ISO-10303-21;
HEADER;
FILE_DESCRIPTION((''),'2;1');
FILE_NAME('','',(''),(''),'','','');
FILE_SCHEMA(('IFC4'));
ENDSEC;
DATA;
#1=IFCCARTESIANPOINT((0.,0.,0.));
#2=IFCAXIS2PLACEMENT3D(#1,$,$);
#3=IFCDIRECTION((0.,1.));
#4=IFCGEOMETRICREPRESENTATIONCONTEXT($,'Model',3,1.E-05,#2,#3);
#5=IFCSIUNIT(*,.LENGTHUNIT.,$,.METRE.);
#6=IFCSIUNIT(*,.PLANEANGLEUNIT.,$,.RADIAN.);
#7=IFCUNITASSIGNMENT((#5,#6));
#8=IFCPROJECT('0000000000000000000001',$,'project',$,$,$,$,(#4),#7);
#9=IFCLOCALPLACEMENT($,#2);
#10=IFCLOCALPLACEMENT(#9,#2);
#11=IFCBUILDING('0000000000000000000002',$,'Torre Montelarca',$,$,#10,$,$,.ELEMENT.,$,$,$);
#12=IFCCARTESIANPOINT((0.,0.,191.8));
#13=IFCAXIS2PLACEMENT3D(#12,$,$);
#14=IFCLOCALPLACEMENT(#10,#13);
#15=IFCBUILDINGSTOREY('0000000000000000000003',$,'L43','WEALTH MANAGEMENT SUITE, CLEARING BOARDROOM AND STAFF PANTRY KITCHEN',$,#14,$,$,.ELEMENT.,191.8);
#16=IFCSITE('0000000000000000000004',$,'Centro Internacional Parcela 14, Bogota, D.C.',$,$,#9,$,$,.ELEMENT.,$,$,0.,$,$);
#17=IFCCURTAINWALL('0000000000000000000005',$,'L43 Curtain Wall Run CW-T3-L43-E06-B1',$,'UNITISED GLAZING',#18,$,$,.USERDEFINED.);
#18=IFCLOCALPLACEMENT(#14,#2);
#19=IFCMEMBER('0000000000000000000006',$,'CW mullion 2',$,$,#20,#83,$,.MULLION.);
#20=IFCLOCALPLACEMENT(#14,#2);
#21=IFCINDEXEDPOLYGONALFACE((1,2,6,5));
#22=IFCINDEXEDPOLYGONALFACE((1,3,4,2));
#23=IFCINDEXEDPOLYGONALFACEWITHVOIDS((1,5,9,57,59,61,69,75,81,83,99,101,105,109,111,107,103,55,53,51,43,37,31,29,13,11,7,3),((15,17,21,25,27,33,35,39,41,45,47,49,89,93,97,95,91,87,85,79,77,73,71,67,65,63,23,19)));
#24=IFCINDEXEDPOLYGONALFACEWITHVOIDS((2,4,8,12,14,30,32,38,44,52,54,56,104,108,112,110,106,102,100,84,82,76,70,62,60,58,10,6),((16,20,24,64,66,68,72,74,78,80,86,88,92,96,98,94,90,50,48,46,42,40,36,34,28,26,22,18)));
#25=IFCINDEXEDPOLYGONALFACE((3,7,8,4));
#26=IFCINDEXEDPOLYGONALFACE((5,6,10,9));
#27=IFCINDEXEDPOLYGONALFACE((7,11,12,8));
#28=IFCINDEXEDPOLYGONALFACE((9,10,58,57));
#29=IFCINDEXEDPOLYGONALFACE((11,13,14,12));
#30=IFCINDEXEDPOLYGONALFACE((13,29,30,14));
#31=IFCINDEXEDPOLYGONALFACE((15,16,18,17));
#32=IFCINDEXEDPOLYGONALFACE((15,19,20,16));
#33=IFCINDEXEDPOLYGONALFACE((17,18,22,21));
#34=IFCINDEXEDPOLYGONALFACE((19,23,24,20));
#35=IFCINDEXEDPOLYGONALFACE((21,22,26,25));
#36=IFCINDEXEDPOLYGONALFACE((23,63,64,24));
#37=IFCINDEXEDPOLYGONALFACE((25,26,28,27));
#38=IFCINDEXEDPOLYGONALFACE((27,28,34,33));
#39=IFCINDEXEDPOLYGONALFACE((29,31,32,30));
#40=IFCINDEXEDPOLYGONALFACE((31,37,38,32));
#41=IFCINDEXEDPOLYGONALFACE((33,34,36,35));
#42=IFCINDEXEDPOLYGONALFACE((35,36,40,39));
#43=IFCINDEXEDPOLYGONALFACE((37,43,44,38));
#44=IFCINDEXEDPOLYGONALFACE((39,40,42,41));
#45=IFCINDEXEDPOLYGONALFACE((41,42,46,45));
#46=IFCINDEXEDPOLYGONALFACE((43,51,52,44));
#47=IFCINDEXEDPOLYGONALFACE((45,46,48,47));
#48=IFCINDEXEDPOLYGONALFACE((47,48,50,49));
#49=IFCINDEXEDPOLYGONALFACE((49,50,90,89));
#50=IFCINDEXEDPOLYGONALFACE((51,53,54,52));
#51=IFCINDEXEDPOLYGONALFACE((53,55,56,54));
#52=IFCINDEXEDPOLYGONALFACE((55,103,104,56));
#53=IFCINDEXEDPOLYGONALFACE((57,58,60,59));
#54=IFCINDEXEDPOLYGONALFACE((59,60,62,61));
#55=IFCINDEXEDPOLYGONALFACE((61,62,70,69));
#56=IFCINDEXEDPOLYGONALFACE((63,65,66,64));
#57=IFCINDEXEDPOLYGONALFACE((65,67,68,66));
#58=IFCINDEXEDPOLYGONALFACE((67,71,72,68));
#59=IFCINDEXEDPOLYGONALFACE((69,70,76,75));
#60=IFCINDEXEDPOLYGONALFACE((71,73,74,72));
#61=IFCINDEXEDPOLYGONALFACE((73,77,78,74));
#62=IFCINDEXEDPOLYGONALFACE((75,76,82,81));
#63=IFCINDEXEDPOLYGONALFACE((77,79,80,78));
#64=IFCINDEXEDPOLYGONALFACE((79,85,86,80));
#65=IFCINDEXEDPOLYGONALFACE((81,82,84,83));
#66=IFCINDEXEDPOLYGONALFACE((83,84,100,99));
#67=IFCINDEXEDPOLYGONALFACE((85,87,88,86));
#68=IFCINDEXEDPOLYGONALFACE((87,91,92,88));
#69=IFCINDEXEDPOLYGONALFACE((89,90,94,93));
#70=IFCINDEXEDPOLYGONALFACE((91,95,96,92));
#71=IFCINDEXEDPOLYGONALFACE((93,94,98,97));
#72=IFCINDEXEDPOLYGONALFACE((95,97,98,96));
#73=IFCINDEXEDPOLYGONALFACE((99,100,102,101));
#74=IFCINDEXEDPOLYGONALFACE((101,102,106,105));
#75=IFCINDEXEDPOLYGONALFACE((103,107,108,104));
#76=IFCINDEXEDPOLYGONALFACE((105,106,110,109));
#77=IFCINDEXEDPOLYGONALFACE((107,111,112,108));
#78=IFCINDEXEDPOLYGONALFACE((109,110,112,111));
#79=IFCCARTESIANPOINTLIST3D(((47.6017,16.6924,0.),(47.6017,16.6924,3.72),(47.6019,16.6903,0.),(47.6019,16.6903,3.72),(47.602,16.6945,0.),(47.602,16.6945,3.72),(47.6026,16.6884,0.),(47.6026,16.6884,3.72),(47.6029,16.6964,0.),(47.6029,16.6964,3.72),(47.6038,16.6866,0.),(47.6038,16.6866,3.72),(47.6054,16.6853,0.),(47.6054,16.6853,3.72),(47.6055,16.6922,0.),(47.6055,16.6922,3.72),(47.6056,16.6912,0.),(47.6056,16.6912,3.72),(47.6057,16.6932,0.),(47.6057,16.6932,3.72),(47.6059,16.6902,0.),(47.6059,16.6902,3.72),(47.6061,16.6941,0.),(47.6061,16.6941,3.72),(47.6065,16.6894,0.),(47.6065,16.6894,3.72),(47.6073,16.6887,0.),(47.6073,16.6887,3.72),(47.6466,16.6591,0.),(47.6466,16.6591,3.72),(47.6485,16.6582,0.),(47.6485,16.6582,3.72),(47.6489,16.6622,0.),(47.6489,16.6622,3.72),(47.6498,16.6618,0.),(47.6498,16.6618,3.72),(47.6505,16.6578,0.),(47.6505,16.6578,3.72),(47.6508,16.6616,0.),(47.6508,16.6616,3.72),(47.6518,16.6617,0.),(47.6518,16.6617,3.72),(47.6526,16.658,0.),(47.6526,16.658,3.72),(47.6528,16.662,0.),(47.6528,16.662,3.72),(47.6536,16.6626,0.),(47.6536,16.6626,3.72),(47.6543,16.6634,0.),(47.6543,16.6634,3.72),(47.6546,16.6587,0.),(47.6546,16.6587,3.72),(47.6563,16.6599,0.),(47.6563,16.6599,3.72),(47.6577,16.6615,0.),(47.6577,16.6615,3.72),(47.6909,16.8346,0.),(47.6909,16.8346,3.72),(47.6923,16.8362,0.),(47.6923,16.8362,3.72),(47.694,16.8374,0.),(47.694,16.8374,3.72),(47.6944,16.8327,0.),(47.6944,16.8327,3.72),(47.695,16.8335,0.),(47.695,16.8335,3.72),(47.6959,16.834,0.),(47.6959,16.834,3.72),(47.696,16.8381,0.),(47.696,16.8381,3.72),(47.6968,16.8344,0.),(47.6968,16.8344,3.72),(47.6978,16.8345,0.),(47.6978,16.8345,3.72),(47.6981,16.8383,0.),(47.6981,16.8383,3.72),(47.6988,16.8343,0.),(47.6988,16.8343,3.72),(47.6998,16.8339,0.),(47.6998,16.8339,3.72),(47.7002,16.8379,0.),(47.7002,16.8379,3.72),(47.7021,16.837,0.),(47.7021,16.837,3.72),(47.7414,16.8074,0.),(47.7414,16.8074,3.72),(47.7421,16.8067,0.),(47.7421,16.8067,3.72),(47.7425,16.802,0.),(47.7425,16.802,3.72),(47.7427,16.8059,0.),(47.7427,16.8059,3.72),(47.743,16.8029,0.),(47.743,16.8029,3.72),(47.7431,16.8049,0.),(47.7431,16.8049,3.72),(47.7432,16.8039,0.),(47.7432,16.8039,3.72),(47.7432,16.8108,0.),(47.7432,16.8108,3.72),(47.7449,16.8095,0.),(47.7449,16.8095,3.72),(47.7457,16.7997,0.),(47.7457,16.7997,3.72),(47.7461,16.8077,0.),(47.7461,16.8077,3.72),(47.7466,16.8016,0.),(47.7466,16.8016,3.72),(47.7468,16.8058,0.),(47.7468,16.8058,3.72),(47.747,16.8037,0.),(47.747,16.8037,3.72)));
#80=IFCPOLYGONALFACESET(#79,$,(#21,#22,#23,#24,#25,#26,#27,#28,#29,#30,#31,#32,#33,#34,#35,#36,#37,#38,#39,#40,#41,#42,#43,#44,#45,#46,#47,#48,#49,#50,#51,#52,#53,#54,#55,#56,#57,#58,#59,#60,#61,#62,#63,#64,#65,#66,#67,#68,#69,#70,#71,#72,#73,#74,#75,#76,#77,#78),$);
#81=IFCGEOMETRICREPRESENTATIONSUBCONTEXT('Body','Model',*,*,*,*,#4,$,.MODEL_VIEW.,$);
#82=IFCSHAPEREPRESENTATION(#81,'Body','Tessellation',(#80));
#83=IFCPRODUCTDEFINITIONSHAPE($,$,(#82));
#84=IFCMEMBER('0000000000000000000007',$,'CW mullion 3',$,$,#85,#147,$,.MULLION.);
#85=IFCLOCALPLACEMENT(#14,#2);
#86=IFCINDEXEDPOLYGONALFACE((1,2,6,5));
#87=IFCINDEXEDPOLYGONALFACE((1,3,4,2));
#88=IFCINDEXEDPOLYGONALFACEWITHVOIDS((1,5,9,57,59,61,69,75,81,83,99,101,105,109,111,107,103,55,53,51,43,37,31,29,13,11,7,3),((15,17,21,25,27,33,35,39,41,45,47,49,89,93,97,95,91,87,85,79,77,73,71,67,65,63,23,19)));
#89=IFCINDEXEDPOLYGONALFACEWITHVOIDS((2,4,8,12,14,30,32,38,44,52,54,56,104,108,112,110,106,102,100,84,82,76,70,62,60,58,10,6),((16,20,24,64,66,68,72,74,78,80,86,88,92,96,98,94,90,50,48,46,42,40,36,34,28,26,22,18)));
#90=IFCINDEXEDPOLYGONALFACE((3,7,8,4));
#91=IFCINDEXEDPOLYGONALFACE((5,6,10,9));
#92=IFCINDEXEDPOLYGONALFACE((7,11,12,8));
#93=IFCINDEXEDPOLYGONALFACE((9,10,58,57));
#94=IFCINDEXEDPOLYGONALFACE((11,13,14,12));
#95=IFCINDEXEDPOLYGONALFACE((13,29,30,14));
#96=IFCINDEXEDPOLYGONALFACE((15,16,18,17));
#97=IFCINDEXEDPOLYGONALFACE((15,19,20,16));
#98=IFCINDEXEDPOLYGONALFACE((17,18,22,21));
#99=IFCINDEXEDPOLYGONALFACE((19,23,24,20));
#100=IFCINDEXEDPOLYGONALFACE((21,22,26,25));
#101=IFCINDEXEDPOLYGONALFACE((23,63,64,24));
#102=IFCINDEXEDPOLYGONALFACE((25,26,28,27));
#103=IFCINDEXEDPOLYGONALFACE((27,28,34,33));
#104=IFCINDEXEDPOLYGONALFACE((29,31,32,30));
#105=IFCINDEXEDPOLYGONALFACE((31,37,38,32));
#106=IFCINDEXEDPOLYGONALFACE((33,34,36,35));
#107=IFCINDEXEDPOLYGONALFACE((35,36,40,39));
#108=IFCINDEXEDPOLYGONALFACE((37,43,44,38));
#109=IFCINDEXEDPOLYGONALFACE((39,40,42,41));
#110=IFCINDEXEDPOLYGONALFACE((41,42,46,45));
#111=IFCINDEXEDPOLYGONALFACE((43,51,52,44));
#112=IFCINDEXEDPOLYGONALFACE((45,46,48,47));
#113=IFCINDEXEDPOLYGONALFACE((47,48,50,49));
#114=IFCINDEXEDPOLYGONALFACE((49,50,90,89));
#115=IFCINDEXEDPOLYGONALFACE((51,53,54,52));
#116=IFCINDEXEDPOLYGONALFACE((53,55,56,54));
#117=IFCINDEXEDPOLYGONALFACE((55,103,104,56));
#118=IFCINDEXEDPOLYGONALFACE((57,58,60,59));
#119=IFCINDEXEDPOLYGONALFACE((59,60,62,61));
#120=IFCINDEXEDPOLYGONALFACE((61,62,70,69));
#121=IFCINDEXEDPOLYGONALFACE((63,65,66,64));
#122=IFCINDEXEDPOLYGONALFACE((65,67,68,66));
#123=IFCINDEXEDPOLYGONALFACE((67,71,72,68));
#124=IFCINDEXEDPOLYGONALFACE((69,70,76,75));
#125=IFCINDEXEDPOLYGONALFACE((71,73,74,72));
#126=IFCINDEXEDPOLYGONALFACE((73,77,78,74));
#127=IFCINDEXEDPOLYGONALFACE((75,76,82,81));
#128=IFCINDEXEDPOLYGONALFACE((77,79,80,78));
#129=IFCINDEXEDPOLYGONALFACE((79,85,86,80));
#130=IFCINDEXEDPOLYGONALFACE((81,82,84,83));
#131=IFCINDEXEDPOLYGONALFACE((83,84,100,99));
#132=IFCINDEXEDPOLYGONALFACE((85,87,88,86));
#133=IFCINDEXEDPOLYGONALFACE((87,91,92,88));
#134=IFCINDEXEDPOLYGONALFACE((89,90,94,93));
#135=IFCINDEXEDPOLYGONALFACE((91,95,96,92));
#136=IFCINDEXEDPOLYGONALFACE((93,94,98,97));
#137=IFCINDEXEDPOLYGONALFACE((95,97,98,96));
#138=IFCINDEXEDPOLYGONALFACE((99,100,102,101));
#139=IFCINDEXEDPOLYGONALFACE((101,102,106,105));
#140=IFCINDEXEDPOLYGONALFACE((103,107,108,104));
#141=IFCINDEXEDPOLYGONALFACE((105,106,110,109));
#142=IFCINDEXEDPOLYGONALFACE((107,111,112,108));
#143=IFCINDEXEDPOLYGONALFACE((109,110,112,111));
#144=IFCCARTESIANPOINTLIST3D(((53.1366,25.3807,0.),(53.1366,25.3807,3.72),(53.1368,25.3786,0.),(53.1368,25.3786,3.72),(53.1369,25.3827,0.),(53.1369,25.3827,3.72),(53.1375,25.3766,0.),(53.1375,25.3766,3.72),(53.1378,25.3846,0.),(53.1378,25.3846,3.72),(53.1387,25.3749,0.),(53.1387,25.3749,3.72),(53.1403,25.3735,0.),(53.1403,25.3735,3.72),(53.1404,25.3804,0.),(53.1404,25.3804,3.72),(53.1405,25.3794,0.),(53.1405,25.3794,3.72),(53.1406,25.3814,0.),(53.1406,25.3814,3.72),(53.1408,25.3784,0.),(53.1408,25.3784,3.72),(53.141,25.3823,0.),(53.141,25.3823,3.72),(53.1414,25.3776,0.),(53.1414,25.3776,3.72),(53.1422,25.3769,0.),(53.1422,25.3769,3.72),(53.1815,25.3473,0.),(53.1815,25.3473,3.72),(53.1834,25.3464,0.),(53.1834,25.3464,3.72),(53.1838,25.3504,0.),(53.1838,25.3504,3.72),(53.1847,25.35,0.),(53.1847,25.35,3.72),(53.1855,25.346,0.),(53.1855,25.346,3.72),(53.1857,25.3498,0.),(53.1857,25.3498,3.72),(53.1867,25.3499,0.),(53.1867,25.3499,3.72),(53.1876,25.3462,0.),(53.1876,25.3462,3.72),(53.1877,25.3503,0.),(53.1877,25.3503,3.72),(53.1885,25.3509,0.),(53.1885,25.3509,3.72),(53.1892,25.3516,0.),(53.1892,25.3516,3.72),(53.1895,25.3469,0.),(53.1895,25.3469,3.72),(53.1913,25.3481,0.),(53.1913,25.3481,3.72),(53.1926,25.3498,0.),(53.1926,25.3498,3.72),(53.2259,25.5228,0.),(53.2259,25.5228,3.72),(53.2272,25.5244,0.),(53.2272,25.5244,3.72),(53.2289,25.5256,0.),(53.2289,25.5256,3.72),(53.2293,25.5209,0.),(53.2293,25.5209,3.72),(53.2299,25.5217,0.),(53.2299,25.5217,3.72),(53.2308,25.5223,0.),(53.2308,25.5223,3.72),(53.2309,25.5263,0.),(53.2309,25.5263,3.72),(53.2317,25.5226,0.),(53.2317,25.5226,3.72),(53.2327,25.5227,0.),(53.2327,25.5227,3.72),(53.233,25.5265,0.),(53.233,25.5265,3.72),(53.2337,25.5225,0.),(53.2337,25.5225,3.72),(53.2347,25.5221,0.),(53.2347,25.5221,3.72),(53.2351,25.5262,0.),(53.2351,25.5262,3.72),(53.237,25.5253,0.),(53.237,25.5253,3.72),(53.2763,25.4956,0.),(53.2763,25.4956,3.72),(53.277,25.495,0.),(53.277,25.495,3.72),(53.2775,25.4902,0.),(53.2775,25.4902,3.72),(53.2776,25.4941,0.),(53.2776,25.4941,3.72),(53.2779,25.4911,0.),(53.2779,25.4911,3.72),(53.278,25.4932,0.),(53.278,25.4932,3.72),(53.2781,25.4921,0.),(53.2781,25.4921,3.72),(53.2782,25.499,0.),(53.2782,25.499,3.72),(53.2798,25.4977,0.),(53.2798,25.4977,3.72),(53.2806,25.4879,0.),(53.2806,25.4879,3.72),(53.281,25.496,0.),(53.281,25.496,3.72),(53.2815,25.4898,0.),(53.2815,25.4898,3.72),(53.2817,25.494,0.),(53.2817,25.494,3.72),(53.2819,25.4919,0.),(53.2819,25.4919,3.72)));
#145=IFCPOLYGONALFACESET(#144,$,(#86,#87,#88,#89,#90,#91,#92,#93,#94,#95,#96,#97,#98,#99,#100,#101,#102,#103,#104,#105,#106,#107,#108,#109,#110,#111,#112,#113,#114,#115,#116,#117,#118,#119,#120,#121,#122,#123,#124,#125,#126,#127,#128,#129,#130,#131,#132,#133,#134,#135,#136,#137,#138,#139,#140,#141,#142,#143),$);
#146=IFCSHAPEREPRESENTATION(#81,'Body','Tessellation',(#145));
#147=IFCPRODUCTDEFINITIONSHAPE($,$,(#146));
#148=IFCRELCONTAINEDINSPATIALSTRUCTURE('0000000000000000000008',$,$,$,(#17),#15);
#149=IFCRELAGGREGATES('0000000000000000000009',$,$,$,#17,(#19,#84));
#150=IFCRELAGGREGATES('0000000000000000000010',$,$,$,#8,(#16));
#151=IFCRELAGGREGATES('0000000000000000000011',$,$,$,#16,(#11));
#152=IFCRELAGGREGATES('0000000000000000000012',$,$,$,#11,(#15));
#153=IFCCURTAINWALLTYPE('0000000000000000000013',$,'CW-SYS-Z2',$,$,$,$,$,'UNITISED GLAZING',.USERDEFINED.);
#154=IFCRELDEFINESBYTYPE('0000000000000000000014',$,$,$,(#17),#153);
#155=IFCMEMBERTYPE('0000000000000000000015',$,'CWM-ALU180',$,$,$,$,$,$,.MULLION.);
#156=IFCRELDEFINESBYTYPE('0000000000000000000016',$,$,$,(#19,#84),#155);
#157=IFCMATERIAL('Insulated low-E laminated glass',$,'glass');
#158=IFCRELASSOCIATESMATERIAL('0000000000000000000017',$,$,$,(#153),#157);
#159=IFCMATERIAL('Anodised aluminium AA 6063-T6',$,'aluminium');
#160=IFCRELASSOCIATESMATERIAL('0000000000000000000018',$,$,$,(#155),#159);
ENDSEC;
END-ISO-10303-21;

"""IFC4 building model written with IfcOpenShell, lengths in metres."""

from ifc_helpers import new_model, si_unit, direction, frame, origin, origin_2d, place, context, subcontext, project, spatial, hollow_rectangle, extrude, source, transform, mapped, material, material_profile, profile_set, type_object, element, aggregate, save


model = new_model("IFC4")

# Units and contexts
model_context = context("Model", 3, precision=1e-05, world=origin(), true_north=direction((0.0, 1.0)))
body_context = subcontext(model_context, "Body", "Model", "MODEL_VIEW")
ifc_project = project(units=[si_unit("LENGTHUNIT", "METRE"), si_unit("PLANEANGLEUNIT", "RADIAN")], contexts=[model_context])

# Site, building, storey
site_placement = place(None, origin())
site = spatial("IfcSite", under=ifc_project, at=site_placement, Name="Centro Internacional Parcela 14, Bogota, D.C.", CompositionType="ELEMENT", RefElevation=0.0)
building_placement = place(site_placement, origin())
building = spatial("IfcBuilding", under=site, at=building_placement, Name="Torre Montelarca", CompositionType="ELEMENT")
storey_placement = place(building_placement, frame((0.0, 0.0, 191.8)))
storey = spatial("IfcBuildingStorey", under=building, at=storey_placement, Name="L43", Description="WEALTH MANAGEMENT SUITE, CLEARING BOARDROOM AND STAFF PANTRY KITCHEN", CompositionType="ELEMENT", Elevation=191.8)

# Shared definitions
ifc_material_1 = material(Name="Insulated low-E laminated glass", Category="glass")
curtain_wall_type = type_object("IfcCurtainWallType", Name="CW-SYS-Z2", ElementType="UNITISED GLAZING", PredefinedType="USERDEFINED", material=ifc_material_1)
ifc_material_2 = material(Name="Anodised aluminium AA 6063-T6", Category="aluminium")

# Curtain wall
curtain_wall_1_placement = place(storey_placement, origin())
curtain_wall_1 = element("IfcCurtainWall", 1, at=curtain_wall_1_placement, inside=storey, type_object=curtain_wall_type, Name="L43 Curtain Wall Run CW-T3-L43-E06-B1", ObjectType="UNITISED GLAZING", PredefinedType="USERDEFINED")

# Members
ifc_material_profile_1 = material_profile(ifc_material_2, hollow_rectangle(XDim=0.0649, YDim=0.1799, WallThickness=0.0039, InnerFilletRadius=0.0039, OuterFilletRadius=0.0081, at=origin_2d()), Name="ALU65X180X4", Category="aluminium")
ifc_profile_set_1 = profile_set([ifc_material_profile_1], Name="Anodised aluminium AA 6063-T6")
member_type_1 = type_object("IfcMemberType", Name="CWM-ALU180", PredefinedType="MULLION", material=ifc_profile_set_1)
shared_shape_1 = source(origin(), body_context, "Body", "SweptSolid", [
    extrude(hollow_rectangle(XDim=0.0649, YDim=0.1799, WallThickness=0.0039, InnerFilletRadius=0.0039, OuterFilletRadius=0.0081, at=origin_2d()), origin(), (0.0, 0.0, 1.0), 3.72),
])
member_1_placement = place(storey_placement, frame((47.6743, 16.748, 0.0), z_axis=(0.0, 0.0, 1.0), x_axis=(-0.843389, 0.537303, 0.0)))
member_1 = element("IfcMember", 2, at=member_1_placement, type_object=member_type_1, Name="CW mullion 2", PredefinedType="MULLION", context=body_context, shape_type="MappedRepresentation", body=[
    mapped(shared_shape_1, transform((0.0, 0.0, 0.0), scale=1.0)),
])
member_2_placement = place(storey_placement, frame((53.2092, 25.4363, 0.0), z_axis=(0.0, 0.0, 1.0), x_axis=(-0.843389, 0.537303, 0.0)))
member_2 = element("IfcMember", 3, at=member_2_placement, type_object=member_type_1, Name="CW mullion 3", PredefinedType="MULLION", context=body_context, shape_type="MappedRepresentation", body=[
    mapped(shared_shape_1, transform((0.0, 0.0, 0.0), scale=1.0)),
])

aggregate(curtain_wall_1, [member_1, member_2])

save(model, "model.ifc")
